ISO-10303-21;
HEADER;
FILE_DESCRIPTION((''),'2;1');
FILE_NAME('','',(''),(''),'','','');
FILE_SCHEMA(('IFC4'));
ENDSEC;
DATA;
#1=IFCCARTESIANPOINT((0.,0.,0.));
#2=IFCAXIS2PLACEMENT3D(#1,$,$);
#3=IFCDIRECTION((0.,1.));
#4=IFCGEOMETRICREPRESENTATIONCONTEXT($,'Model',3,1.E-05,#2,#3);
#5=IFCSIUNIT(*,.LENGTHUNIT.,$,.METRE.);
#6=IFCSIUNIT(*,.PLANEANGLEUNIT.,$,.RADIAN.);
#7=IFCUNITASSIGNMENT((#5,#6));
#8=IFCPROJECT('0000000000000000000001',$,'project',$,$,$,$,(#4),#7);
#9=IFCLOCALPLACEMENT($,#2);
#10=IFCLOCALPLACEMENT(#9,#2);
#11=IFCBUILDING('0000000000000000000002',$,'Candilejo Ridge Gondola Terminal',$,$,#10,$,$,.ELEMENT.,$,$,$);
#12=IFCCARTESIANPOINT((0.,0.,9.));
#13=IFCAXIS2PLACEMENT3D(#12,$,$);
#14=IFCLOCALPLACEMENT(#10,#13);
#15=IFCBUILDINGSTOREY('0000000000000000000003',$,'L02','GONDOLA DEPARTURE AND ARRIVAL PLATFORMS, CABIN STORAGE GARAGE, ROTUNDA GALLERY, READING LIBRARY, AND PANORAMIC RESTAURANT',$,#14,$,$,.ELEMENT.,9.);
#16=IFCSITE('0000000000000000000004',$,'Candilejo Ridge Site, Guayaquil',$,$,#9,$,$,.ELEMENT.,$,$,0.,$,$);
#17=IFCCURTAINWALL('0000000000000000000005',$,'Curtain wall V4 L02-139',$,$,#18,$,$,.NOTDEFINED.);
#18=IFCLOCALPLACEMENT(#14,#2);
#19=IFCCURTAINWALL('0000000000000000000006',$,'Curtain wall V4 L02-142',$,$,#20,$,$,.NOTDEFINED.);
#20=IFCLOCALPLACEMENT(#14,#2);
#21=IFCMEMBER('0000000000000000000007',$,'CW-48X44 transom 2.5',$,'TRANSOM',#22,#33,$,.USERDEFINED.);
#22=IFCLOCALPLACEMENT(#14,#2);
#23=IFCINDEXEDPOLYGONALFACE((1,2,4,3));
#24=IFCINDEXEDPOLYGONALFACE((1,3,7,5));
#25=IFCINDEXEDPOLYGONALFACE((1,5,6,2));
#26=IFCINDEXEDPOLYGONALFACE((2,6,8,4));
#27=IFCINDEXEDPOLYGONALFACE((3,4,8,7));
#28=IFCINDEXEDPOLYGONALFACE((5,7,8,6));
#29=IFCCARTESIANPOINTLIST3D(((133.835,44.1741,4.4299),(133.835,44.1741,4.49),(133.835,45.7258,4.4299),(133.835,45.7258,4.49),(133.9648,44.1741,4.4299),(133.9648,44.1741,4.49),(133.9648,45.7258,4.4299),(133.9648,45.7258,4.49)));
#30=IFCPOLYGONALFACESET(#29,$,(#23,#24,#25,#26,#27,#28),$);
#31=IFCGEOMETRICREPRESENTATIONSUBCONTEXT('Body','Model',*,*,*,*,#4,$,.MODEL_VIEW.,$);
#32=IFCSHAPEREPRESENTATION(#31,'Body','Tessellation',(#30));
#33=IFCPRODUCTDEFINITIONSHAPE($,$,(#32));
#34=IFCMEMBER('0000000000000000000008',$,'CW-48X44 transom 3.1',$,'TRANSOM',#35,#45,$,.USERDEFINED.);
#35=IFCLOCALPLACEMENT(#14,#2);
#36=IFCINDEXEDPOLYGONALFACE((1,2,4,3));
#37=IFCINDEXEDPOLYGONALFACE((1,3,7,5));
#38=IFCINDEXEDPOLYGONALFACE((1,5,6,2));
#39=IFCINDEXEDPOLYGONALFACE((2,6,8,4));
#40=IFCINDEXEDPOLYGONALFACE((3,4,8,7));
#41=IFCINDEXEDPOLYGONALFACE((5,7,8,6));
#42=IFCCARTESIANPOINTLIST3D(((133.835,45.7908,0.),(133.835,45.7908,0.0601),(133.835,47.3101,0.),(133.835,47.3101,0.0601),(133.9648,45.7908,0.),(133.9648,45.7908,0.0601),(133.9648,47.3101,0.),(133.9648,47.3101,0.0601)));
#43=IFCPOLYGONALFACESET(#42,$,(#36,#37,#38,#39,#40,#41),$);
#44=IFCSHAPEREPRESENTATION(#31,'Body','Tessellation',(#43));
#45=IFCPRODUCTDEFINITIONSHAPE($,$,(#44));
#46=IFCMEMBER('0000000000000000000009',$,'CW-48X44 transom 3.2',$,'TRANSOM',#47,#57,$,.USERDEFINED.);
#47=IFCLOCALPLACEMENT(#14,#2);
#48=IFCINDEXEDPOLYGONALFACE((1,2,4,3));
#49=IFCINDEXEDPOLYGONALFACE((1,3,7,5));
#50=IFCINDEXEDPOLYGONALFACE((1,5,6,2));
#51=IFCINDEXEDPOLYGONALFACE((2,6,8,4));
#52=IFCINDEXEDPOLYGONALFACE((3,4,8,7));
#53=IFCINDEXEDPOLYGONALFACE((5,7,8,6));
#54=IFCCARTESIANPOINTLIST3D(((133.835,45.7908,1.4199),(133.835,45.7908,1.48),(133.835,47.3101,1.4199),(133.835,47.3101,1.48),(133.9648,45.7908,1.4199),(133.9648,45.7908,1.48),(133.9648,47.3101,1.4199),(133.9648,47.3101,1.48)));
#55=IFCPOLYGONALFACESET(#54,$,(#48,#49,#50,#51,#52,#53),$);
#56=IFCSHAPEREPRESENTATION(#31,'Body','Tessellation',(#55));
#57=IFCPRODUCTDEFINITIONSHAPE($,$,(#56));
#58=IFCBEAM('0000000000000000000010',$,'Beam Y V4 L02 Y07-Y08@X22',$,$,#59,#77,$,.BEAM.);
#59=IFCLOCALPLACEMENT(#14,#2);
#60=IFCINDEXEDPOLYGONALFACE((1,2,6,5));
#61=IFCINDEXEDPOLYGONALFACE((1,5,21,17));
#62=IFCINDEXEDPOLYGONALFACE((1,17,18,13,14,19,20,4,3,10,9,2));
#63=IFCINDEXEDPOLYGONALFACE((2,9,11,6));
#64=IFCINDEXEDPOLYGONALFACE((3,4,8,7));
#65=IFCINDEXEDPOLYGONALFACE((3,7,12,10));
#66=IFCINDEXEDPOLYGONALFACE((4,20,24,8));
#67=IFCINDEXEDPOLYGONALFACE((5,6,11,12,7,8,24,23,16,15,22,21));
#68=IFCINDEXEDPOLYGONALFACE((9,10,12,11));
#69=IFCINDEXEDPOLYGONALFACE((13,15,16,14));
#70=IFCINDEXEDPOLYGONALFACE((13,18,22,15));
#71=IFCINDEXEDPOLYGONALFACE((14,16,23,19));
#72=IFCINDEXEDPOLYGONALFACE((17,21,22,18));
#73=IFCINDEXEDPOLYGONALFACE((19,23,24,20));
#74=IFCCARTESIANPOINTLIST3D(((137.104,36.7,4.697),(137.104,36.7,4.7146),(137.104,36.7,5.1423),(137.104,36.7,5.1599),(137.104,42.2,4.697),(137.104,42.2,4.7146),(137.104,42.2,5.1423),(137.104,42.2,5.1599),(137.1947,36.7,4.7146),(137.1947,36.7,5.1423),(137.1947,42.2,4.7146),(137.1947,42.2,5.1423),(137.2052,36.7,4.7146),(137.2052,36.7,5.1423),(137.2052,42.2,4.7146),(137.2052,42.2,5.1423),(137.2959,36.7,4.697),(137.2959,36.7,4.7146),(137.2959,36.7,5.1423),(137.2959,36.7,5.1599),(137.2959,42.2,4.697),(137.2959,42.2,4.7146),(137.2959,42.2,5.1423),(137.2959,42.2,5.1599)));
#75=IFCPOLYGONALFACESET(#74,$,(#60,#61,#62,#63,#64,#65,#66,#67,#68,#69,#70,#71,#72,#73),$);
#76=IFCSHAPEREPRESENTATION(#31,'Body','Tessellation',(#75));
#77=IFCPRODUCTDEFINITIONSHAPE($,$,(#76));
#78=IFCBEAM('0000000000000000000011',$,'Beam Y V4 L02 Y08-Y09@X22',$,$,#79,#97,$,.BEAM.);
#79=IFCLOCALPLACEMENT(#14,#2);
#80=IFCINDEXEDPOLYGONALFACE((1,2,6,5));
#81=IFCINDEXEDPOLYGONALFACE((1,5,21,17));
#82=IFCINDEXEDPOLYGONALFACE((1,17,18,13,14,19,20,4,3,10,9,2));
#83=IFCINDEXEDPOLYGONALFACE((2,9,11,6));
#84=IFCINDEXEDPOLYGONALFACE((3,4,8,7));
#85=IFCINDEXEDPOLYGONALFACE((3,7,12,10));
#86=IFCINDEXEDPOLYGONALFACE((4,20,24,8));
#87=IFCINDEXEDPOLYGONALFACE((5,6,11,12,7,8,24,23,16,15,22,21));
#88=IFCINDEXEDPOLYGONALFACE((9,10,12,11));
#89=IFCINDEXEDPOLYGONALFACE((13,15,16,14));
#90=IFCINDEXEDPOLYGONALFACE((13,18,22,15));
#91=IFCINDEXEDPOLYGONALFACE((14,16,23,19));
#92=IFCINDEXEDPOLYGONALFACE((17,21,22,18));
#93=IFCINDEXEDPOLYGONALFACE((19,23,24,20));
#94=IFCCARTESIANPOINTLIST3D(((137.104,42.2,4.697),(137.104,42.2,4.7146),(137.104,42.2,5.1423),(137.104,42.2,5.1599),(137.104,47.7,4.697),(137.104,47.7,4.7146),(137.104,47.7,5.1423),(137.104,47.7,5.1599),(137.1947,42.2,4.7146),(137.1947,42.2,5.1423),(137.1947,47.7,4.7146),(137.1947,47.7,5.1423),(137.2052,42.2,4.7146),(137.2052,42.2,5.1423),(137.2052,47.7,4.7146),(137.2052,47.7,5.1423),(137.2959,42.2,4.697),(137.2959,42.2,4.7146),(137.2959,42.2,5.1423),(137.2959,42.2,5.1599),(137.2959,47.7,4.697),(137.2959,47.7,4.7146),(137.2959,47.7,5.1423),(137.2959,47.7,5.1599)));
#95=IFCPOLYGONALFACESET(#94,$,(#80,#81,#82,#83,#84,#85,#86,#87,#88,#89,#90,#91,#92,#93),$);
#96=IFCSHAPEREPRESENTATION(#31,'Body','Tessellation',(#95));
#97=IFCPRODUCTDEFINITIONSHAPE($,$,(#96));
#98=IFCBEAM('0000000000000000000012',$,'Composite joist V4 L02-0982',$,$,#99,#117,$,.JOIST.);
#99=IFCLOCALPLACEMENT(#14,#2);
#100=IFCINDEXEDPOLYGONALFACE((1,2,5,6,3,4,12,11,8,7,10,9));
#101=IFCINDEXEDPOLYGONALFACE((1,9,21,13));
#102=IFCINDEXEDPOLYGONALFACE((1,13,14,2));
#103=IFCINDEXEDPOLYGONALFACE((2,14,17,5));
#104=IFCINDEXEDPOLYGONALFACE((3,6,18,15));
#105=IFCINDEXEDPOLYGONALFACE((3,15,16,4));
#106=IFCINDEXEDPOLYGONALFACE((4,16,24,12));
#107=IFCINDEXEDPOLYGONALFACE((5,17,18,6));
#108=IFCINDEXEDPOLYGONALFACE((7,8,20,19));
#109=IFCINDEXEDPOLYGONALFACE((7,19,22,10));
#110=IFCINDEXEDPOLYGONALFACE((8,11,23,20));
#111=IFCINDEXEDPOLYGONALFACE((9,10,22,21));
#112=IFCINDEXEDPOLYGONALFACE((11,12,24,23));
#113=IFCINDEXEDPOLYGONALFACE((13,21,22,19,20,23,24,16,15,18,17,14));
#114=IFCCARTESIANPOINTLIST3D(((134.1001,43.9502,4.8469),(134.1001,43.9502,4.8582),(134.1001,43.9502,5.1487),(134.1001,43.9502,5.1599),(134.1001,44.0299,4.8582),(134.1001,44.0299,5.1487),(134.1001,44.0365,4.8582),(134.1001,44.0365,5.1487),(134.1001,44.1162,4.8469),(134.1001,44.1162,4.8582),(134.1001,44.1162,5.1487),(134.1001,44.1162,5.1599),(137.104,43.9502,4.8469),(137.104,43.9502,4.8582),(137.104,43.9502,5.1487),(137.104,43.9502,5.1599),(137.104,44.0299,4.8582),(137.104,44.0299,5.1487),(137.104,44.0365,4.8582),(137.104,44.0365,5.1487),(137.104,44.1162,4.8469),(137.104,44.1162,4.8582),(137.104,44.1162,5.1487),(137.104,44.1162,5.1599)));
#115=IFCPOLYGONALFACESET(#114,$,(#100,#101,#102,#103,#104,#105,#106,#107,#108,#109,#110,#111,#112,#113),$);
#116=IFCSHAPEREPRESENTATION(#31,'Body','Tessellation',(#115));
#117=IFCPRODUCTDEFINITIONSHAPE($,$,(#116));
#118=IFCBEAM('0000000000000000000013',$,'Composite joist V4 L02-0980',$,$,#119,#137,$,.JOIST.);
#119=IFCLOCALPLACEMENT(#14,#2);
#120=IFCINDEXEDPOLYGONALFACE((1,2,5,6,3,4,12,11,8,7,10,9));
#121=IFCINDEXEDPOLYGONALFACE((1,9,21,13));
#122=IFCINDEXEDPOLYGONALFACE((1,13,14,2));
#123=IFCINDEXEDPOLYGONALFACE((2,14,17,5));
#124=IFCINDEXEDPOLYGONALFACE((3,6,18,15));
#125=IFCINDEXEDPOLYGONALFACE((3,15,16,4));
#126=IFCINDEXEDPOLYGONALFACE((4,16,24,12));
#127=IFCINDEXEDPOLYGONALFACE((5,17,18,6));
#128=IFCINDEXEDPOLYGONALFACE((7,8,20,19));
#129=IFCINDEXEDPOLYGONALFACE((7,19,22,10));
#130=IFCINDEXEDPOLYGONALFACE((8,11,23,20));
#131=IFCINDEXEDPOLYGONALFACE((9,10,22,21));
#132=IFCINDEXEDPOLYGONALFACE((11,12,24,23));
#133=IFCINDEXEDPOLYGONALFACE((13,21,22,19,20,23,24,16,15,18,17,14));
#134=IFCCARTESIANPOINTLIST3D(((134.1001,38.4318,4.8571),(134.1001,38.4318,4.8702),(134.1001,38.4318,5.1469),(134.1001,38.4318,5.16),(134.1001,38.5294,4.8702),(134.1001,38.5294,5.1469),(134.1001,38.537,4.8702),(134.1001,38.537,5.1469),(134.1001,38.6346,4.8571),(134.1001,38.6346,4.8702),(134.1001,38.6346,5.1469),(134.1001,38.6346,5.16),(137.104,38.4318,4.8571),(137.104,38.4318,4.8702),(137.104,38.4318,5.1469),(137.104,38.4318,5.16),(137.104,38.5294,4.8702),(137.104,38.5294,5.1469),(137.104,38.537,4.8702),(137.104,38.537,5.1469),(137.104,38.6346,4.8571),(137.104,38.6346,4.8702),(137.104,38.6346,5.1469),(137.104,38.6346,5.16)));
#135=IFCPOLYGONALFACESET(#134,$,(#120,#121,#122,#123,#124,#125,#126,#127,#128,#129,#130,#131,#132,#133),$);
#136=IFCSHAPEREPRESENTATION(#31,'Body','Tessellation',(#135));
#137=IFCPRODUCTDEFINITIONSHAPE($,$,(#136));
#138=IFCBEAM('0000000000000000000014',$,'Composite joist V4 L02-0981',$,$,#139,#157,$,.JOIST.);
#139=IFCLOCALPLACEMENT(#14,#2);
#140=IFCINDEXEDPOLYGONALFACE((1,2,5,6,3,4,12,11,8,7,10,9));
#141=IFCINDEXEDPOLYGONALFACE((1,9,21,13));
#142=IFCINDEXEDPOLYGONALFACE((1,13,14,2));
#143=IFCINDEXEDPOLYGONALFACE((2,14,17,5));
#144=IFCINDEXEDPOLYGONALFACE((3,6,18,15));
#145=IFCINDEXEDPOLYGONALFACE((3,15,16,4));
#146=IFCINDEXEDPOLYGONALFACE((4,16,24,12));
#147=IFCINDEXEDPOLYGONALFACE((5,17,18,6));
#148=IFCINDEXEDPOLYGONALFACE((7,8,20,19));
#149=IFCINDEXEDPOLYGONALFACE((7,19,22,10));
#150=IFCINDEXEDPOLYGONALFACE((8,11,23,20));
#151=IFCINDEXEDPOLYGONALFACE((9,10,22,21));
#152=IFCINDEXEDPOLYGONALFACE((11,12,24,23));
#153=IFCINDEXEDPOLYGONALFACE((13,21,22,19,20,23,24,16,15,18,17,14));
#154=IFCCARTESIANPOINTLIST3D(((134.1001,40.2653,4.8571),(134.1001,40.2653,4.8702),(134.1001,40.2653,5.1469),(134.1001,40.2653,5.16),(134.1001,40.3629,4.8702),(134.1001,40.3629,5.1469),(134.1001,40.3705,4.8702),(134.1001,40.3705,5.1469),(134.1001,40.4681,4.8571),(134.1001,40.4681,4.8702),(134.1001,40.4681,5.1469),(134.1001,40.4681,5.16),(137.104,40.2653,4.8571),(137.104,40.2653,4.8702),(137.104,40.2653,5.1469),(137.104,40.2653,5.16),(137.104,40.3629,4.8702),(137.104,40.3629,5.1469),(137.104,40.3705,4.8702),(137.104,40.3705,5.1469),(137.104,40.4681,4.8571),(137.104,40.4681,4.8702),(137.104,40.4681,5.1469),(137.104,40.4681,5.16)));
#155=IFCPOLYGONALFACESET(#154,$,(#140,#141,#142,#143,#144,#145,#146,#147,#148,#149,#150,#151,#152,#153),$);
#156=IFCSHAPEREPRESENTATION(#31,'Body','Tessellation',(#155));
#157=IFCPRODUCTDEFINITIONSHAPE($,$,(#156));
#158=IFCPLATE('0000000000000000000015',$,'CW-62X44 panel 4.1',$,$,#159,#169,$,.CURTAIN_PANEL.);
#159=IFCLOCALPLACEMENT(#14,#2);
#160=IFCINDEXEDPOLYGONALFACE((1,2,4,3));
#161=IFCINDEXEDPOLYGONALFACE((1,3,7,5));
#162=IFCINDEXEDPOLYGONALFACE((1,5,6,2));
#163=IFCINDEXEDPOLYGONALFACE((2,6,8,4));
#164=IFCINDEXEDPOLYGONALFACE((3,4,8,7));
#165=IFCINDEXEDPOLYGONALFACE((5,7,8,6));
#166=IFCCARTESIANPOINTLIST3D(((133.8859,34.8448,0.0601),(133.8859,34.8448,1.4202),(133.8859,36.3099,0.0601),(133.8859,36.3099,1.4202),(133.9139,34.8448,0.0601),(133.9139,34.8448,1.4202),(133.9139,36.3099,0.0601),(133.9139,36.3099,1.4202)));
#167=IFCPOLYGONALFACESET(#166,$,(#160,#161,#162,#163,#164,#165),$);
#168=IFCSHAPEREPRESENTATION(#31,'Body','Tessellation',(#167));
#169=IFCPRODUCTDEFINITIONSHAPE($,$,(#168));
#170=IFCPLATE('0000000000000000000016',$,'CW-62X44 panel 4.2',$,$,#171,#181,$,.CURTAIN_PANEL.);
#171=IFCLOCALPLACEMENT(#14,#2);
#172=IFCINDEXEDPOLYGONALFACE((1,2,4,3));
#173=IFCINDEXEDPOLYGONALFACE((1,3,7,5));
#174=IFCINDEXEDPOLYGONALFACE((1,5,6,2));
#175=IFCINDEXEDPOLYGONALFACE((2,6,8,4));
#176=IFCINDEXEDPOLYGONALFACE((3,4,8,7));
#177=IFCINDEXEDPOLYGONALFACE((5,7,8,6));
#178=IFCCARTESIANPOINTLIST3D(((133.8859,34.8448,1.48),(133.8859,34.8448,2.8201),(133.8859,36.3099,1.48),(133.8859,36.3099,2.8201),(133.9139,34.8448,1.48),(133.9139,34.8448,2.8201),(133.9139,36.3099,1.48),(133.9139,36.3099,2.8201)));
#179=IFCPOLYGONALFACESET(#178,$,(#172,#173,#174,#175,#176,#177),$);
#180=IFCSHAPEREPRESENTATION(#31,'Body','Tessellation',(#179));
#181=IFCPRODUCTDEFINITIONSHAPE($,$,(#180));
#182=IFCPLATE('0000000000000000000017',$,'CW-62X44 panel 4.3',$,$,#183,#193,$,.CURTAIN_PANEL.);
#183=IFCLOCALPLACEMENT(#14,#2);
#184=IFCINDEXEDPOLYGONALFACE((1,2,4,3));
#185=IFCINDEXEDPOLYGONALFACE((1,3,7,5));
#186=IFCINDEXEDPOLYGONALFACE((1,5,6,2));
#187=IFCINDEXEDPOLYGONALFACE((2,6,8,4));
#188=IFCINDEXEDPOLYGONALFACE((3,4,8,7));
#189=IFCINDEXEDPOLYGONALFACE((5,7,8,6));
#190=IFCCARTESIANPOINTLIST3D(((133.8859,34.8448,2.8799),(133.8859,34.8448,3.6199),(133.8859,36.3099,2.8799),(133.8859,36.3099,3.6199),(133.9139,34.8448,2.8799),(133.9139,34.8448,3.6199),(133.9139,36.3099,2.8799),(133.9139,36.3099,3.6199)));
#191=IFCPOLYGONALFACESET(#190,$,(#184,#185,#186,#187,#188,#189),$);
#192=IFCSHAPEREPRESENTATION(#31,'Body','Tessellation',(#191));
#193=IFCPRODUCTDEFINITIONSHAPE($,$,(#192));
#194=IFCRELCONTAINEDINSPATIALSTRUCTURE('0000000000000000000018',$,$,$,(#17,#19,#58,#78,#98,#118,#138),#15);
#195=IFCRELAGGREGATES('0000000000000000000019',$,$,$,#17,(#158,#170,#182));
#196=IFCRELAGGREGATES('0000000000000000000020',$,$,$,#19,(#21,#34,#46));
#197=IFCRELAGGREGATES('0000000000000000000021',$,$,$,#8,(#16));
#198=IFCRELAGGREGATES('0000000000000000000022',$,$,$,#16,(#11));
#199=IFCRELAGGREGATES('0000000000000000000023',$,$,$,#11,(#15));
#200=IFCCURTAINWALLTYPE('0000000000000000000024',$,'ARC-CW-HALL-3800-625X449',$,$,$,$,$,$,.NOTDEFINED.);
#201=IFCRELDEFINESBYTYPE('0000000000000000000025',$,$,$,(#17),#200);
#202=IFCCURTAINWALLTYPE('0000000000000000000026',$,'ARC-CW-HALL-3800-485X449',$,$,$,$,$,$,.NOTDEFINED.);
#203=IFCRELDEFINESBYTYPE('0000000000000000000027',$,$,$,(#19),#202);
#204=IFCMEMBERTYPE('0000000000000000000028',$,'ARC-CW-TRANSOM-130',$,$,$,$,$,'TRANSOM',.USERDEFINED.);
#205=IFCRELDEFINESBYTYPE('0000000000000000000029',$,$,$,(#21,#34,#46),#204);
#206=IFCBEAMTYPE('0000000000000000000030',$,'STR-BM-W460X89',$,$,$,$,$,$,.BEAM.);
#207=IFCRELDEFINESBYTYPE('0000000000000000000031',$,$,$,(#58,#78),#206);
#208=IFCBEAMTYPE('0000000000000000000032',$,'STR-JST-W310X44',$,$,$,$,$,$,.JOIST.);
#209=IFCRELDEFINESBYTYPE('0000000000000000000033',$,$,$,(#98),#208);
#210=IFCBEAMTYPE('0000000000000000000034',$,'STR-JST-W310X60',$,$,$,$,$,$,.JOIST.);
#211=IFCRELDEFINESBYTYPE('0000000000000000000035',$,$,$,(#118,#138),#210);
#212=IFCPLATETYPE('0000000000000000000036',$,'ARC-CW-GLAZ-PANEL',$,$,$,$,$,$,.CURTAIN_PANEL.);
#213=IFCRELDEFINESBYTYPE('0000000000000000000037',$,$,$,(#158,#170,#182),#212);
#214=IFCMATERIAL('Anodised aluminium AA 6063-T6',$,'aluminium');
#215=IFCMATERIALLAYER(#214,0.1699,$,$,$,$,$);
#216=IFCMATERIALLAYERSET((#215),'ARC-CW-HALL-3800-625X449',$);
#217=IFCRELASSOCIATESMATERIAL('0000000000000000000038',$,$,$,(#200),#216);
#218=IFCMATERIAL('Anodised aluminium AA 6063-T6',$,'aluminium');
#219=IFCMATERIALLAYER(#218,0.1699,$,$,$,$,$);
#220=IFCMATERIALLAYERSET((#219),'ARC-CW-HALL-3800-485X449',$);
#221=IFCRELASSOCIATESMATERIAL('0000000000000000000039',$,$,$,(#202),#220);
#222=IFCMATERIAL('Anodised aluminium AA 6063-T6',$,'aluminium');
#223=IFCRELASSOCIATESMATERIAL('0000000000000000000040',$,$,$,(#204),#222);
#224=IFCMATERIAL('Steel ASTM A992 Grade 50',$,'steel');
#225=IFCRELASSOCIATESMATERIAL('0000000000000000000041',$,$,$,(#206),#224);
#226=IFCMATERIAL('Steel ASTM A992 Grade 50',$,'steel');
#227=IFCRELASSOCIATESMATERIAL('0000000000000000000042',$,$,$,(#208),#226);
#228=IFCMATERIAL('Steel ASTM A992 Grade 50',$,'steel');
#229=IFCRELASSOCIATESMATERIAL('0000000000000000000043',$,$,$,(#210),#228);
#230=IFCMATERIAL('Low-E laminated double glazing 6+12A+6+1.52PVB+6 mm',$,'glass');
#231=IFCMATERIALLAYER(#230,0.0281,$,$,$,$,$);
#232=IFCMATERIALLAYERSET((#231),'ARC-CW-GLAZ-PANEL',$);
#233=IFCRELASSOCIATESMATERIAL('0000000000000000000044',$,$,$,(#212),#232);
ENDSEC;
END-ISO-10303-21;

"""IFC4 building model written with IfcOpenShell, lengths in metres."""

from ifc_helpers import new_model, si_unit, direction, frame, origin, origin_2d, place, context, subcontext, project, spatial, rectangle, i_section, extrude, material, layer, layer_set, material_profile, profile_set, type_object, element, aggregate, save


model = new_model("IFC4")

# Units and contexts
model_context = context("Model", 3, precision=1e-05, world=origin(), true_north=direction((0.0, 1.0)))
body_context = subcontext(model_context, "Body", "Model", "MODEL_VIEW")
ifc_project = project(units=[si_unit("LENGTHUNIT", "METRE"), si_unit("PLANEANGLEUNIT", "RADIAN")], contexts=[model_context])

# Site, building, storey
site_placement = place(None, origin())
site = spatial("IfcSite", under=ifc_project, at=site_placement, Name="Candilejo Ridge Site, Guayaquil", CompositionType="ELEMENT", RefElevation=0.0)
building_placement = place(site_placement, origin())
building = spatial("IfcBuilding", under=site, at=building_placement, Name="Candilejo Ridge Gondola Terminal", CompositionType="ELEMENT")
storey_placement = place(building_placement, frame((0.0, 0.0, 9.0)))
storey = spatial("IfcBuildingStorey", under=building, at=storey_placement, Name="L02", Description="GONDOLA DEPARTURE AND ARRIVAL PLATFORMS, CABIN STORAGE GARAGE, ROTUNDA GALLERY, READING LIBRARY, AND PANORAMIC RESTAURANT", CompositionType="ELEMENT", Elevation=9.0)

# Curtain wall
ifc_material_1 = material(Name="Anodised aluminium AA 6063-T6", Category="aluminium")
ifc_layer_1 = layer(ifc_material_1, 0.1699)
ifc_layer_set_1 = layer_set([ifc_layer_1], Name="ARC-CW-HALL-3800-625X449")
curtain_wall_type_1 = type_object("IfcCurtainWallType", Name="ARC-CW-HALL-3800-625X449", PredefinedType="NOTDEFINED", material=ifc_layer_set_1)
curtain_wall_1_placement = place(storey_placement, origin())
curtain_wall_1 = element("IfcCurtainWall", 1, at=curtain_wall_1_placement, inside=storey, type_object=curtain_wall_type_1, Name="Curtain wall V4 L02-139", PredefinedType="NOTDEFINED")

# Curtain wall, members
ifc_material_2 = material(Name="Anodised aluminium AA 6063-T6", Category="aluminium")
ifc_layer_2 = layer(ifc_material_2, 0.1699)
ifc_layer_set_2 = layer_set([ifc_layer_2], Name="ARC-CW-HALL-3800-485X449")
curtain_wall_type_2 = type_object("IfcCurtainWallType", Name="ARC-CW-HALL-3800-485X449", PredefinedType="NOTDEFINED", material=ifc_layer_set_2)
curtain_wall_2_placement = place(storey_placement, origin())
curtain_wall_2 = element("IfcCurtainWall", 2, at=curtain_wall_2_placement, inside=storey, type_object=curtain_wall_type_2, Name="Curtain wall V4 L02-142", PredefinedType="NOTDEFINED")
ifc_material_3 = material(Name="Anodised aluminium AA 6063-T6", Category="aluminium")
ifc_material_profile_1 = material_profile(ifc_material_3, rectangle(XDim=0.1299, YDim=0.0601, at=origin_2d()))
ifc_profile_set_1 = profile_set([ifc_material_profile_1], Name="Anodised aluminium AA 6063-T6")
member_type_1 = type_object("IfcMemberType", Name="ARC-CW-TRANSOM-130", ElementType="TRANSOM", PredefinedType="USERDEFINED", material=ifc_profile_set_1)
member_1_placement = place(storey_placement, frame((133.8999, 44.1741, 4.46), z_axis=(0.0, 1.0, 0.0), x_axis=(-1.0, 0.0, 0.0)))
member_1 = element("IfcMember", 3, at=member_1_placement, type_object=member_type_1, Name="CW-48X44 transom 2.5", ObjectType="TRANSOM", PredefinedType="USERDEFINED", context=body_context, shape_type="SweptSolid", body=[
    extrude(rectangle(XDim=0.1299, YDim=0.0601, at=origin_2d()), origin(), (0.0, 0.0, 1.0), 1.5518),
])
member_2_placement = place(storey_placement, frame((133.8999, 45.7908, 0.03), z_axis=(0.0, 1.0, 0.0), x_axis=(-1.0, 0.0, 0.0)))
member_2 = element("IfcMember", 4, at=member_2_placement, type_object=member_type_1, Name="CW-48X44 transom 3.1", ObjectType="TRANSOM", PredefinedType="USERDEFINED", context=body_context, shape_type="SweptSolid", body=[
    extrude(rectangle(XDim=0.1299, YDim=0.0601, at=origin_2d()), origin(), (0.0, 0.0, 1.0), 1.5193),
])
member_3_placement = place(storey_placement, frame((133.8999, 45.7908, 1.45), z_axis=(0.0, 1.0, 0.0), x_axis=(-1.0, 0.0, 0.0)))
member_3 = element("IfcMember", 5, at=member_3_placement, type_object=member_type_1, Name="CW-48X44 transom 3.2", ObjectType="TRANSOM", PredefinedType="USERDEFINED", context=body_context, shape_type="SweptSolid", body=[
    extrude(rectangle(XDim=0.1299, YDim=0.0601, at=origin_2d()), origin(), (0.0, 0.0, 1.0), 1.5193),
])

# Beams
ifc_material_4 = material(Name="Steel ASTM A992 Grade 50", Category="steel")
ifc_material_profile_2 = material_profile(ifc_material_4, i_section(OverallWidth=0.1919, OverallDepth=0.4629, WebThickness=0.0105, FlangeThickness=0.0176, at=origin_2d()))
ifc_profile_set_2 = profile_set([ifc_material_profile_2], Name="Steel ASTM A992 Grade 50")
beam_type_1 = type_object("IfcBeamType", Name="STR-BM-W460X89", PredefinedType="BEAM", material=ifc_profile_set_2)
for number, where, z_axis, x_axis, name in (
    (6, (137.2, 36.7, 4.9285), (0.0, 1.0, 0.0), (-1.0, 0.0, 0.0), "Beam Y V4 L02 Y07-Y08@X22"),
    (7, (137.2, 42.2, 4.9285), (0.0, 1.0, 0.0), (-1.0, 0.0, 0.0), "Beam Y V4 L02 Y08-Y09@X22"),
):
    element("IfcBeam", number, at=place(storey_placement, frame(where, z_axis=z_axis, x_axis=x_axis)), inside=storey, type_object=beam_type_1, Name=name, PredefinedType="BEAM", context=body_context, shape_type="SweptSolid", body=[
        extrude(i_section(OverallWidth=0.1919, OverallDepth=0.4629, WebThickness=0.0105, FlangeThickness=0.0176, at=origin_2d()), origin(), (0.0, 0.0, 1.0), 5.5),
    ])
ifc_material_5 = material(Name="Steel ASTM A992 Grade 50", Category="steel")
ifc_material_profile_3 = material_profile(ifc_material_5, i_section(OverallWidth=0.166, OverallDepth=0.313, WebThickness=0.0066, FlangeThickness=0.0112, at=origin_2d()))
ifc_profile_set_3 = profile_set([ifc_material_profile_3], Name="Steel ASTM A992 Grade 50")
beam_type_2 = type_object("IfcBeamType", Name="STR-JST-W310X44", PredefinedType="JOIST", material=ifc_profile_set_3)
beam_placement = place(storey_placement, frame((134.1001, 44.0332, 5.0034), z_axis=(1.0, 0.0, 0.0), x_axis=(0.0, 1.0, 0.0)))
element("IfcBeam", 8, at=beam_placement, inside=storey, type_object=beam_type_2, Name="Composite joist V4 L02-0982", PredefinedType="JOIST", context=body_context, shape_type="SweptSolid", body=[
    extrude(i_section(OverallWidth=0.166, OverallDepth=0.313, WebThickness=0.0066, FlangeThickness=0.0112, at=origin_2d()), origin(), (0.0, 0.0, 1.0), 3.0039),
])
ifc_material_6 = material(Name="Steel ASTM A992 Grade 50", Category="steel")
ifc_material_profile_4 = material_profile(ifc_material_6, i_section(OverallWidth=0.2029, OverallDepth=0.303, WebThickness=0.0076, FlangeThickness=0.0132, at=origin_2d()))
ifc_profile_set_4 = profile_set([ifc_material_profile_4], Name="Steel ASTM A992 Grade 50")
beam_type_3 = type_object("IfcBeamType", Name="STR-JST-W310X60", PredefinedType="JOIST", material=ifc_profile_set_4)
for number, where, z_axis, x_axis, name in (
    (9, (134.1001, 38.5332, 5.0085), (1.0, 0.0, 0.0), (0.0, 1.0, 0.0), "Composite joist V4 L02-0980"),
    (10, (134.1001, 40.3667, 5.0085), (1.0, 0.0, 0.0), (0.0, 1.0, 0.0), "Composite joist V4 L02-0981"),
):
    element("IfcBeam", number, at=place(storey_placement, frame(where, z_axis=z_axis, x_axis=x_axis)), inside=storey, type_object=beam_type_3, Name=name, PredefinedType="JOIST", context=body_context, shape_type="SweptSolid", body=[
        extrude(i_section(OverallWidth=0.2029, OverallDepth=0.303, WebThickness=0.0076, FlangeThickness=0.0132, at=origin_2d()), origin(), (0.0, 0.0, 1.0), 3.0039),
    ])

# Plates
ifc_material_7 = material(Name="Low-E laminated double glazing 6+12A+6+1.52PVB+6 mm", Category="glass")
ifc_layer_3 = layer(ifc_material_7, 0.0281)
ifc_layer_set_3 = layer_set([ifc_layer_3], Name="ARC-CW-GLAZ-PANEL")
plate_type = type_object("IfcPlateType", Name="ARC-CW-GLAZ-PANEL", PredefinedType="CURTAIN_PANEL", material=ifc_layer_set_3)
plate_1_placement = place(storey_placement, frame((133.8999, 35.5774, 0.0601), z_axis=(0.0, 0.0, 1.0), x_axis=(0.0, 1.0, 0.0)))
plate_1 = element("IfcPlate", 11, at=plate_1_placement, type_object=plate_type, Name="CW-62X44 panel 4.1", PredefinedType="CURTAIN_PANEL", context=body_context, shape_type="SweptSolid", body=[
    extrude(rectangle(XDim=1.4651, YDim=0.0281, at=origin_2d()), origin(), (0.0, 0.0, 1.0), 1.3601),
])
plate_2_placement = place(storey_placement, frame((133.8999, 35.5774, 1.48), z_axis=(0.0, 0.0, 1.0), x_axis=(0.0, 1.0, 0.0)))
plate_2 = element("IfcPlate", 12, at=plate_2_placement, type_object=plate_type, Name="CW-62X44 panel 4.2", PredefinedType="CURTAIN_PANEL", context=body_context, shape_type="SweptSolid", body=[
    extrude(rectangle(XDim=1.4651, YDim=0.0281, at=origin_2d()), origin(), (0.0, 0.0, 1.0), 1.3401),
])
plate_3_placement = place(storey_placement, frame((133.8999, 35.5774, 2.8799), z_axis=(0.0, 0.0, 1.0), x_axis=(0.0, 1.0, 0.0)))
plate_3 = element("IfcPlate", 13, at=plate_3_placement, type_object=plate_type, Name="CW-62X44 panel 4.3", PredefinedType="CURTAIN_PANEL", context=body_context, shape_type="SweptSolid", body=[
    extrude(rectangle(XDim=1.4651, YDim=0.0281, at=origin_2d()), origin(), (0.0, 0.0, 1.0), 0.74),
])
aggregate(curtain_wall_1, [plate_1, plate_2, plate_3])
aggregate(curtain_wall_2, [member_1, member_2, member_3])

save(model, "model.ifc")
